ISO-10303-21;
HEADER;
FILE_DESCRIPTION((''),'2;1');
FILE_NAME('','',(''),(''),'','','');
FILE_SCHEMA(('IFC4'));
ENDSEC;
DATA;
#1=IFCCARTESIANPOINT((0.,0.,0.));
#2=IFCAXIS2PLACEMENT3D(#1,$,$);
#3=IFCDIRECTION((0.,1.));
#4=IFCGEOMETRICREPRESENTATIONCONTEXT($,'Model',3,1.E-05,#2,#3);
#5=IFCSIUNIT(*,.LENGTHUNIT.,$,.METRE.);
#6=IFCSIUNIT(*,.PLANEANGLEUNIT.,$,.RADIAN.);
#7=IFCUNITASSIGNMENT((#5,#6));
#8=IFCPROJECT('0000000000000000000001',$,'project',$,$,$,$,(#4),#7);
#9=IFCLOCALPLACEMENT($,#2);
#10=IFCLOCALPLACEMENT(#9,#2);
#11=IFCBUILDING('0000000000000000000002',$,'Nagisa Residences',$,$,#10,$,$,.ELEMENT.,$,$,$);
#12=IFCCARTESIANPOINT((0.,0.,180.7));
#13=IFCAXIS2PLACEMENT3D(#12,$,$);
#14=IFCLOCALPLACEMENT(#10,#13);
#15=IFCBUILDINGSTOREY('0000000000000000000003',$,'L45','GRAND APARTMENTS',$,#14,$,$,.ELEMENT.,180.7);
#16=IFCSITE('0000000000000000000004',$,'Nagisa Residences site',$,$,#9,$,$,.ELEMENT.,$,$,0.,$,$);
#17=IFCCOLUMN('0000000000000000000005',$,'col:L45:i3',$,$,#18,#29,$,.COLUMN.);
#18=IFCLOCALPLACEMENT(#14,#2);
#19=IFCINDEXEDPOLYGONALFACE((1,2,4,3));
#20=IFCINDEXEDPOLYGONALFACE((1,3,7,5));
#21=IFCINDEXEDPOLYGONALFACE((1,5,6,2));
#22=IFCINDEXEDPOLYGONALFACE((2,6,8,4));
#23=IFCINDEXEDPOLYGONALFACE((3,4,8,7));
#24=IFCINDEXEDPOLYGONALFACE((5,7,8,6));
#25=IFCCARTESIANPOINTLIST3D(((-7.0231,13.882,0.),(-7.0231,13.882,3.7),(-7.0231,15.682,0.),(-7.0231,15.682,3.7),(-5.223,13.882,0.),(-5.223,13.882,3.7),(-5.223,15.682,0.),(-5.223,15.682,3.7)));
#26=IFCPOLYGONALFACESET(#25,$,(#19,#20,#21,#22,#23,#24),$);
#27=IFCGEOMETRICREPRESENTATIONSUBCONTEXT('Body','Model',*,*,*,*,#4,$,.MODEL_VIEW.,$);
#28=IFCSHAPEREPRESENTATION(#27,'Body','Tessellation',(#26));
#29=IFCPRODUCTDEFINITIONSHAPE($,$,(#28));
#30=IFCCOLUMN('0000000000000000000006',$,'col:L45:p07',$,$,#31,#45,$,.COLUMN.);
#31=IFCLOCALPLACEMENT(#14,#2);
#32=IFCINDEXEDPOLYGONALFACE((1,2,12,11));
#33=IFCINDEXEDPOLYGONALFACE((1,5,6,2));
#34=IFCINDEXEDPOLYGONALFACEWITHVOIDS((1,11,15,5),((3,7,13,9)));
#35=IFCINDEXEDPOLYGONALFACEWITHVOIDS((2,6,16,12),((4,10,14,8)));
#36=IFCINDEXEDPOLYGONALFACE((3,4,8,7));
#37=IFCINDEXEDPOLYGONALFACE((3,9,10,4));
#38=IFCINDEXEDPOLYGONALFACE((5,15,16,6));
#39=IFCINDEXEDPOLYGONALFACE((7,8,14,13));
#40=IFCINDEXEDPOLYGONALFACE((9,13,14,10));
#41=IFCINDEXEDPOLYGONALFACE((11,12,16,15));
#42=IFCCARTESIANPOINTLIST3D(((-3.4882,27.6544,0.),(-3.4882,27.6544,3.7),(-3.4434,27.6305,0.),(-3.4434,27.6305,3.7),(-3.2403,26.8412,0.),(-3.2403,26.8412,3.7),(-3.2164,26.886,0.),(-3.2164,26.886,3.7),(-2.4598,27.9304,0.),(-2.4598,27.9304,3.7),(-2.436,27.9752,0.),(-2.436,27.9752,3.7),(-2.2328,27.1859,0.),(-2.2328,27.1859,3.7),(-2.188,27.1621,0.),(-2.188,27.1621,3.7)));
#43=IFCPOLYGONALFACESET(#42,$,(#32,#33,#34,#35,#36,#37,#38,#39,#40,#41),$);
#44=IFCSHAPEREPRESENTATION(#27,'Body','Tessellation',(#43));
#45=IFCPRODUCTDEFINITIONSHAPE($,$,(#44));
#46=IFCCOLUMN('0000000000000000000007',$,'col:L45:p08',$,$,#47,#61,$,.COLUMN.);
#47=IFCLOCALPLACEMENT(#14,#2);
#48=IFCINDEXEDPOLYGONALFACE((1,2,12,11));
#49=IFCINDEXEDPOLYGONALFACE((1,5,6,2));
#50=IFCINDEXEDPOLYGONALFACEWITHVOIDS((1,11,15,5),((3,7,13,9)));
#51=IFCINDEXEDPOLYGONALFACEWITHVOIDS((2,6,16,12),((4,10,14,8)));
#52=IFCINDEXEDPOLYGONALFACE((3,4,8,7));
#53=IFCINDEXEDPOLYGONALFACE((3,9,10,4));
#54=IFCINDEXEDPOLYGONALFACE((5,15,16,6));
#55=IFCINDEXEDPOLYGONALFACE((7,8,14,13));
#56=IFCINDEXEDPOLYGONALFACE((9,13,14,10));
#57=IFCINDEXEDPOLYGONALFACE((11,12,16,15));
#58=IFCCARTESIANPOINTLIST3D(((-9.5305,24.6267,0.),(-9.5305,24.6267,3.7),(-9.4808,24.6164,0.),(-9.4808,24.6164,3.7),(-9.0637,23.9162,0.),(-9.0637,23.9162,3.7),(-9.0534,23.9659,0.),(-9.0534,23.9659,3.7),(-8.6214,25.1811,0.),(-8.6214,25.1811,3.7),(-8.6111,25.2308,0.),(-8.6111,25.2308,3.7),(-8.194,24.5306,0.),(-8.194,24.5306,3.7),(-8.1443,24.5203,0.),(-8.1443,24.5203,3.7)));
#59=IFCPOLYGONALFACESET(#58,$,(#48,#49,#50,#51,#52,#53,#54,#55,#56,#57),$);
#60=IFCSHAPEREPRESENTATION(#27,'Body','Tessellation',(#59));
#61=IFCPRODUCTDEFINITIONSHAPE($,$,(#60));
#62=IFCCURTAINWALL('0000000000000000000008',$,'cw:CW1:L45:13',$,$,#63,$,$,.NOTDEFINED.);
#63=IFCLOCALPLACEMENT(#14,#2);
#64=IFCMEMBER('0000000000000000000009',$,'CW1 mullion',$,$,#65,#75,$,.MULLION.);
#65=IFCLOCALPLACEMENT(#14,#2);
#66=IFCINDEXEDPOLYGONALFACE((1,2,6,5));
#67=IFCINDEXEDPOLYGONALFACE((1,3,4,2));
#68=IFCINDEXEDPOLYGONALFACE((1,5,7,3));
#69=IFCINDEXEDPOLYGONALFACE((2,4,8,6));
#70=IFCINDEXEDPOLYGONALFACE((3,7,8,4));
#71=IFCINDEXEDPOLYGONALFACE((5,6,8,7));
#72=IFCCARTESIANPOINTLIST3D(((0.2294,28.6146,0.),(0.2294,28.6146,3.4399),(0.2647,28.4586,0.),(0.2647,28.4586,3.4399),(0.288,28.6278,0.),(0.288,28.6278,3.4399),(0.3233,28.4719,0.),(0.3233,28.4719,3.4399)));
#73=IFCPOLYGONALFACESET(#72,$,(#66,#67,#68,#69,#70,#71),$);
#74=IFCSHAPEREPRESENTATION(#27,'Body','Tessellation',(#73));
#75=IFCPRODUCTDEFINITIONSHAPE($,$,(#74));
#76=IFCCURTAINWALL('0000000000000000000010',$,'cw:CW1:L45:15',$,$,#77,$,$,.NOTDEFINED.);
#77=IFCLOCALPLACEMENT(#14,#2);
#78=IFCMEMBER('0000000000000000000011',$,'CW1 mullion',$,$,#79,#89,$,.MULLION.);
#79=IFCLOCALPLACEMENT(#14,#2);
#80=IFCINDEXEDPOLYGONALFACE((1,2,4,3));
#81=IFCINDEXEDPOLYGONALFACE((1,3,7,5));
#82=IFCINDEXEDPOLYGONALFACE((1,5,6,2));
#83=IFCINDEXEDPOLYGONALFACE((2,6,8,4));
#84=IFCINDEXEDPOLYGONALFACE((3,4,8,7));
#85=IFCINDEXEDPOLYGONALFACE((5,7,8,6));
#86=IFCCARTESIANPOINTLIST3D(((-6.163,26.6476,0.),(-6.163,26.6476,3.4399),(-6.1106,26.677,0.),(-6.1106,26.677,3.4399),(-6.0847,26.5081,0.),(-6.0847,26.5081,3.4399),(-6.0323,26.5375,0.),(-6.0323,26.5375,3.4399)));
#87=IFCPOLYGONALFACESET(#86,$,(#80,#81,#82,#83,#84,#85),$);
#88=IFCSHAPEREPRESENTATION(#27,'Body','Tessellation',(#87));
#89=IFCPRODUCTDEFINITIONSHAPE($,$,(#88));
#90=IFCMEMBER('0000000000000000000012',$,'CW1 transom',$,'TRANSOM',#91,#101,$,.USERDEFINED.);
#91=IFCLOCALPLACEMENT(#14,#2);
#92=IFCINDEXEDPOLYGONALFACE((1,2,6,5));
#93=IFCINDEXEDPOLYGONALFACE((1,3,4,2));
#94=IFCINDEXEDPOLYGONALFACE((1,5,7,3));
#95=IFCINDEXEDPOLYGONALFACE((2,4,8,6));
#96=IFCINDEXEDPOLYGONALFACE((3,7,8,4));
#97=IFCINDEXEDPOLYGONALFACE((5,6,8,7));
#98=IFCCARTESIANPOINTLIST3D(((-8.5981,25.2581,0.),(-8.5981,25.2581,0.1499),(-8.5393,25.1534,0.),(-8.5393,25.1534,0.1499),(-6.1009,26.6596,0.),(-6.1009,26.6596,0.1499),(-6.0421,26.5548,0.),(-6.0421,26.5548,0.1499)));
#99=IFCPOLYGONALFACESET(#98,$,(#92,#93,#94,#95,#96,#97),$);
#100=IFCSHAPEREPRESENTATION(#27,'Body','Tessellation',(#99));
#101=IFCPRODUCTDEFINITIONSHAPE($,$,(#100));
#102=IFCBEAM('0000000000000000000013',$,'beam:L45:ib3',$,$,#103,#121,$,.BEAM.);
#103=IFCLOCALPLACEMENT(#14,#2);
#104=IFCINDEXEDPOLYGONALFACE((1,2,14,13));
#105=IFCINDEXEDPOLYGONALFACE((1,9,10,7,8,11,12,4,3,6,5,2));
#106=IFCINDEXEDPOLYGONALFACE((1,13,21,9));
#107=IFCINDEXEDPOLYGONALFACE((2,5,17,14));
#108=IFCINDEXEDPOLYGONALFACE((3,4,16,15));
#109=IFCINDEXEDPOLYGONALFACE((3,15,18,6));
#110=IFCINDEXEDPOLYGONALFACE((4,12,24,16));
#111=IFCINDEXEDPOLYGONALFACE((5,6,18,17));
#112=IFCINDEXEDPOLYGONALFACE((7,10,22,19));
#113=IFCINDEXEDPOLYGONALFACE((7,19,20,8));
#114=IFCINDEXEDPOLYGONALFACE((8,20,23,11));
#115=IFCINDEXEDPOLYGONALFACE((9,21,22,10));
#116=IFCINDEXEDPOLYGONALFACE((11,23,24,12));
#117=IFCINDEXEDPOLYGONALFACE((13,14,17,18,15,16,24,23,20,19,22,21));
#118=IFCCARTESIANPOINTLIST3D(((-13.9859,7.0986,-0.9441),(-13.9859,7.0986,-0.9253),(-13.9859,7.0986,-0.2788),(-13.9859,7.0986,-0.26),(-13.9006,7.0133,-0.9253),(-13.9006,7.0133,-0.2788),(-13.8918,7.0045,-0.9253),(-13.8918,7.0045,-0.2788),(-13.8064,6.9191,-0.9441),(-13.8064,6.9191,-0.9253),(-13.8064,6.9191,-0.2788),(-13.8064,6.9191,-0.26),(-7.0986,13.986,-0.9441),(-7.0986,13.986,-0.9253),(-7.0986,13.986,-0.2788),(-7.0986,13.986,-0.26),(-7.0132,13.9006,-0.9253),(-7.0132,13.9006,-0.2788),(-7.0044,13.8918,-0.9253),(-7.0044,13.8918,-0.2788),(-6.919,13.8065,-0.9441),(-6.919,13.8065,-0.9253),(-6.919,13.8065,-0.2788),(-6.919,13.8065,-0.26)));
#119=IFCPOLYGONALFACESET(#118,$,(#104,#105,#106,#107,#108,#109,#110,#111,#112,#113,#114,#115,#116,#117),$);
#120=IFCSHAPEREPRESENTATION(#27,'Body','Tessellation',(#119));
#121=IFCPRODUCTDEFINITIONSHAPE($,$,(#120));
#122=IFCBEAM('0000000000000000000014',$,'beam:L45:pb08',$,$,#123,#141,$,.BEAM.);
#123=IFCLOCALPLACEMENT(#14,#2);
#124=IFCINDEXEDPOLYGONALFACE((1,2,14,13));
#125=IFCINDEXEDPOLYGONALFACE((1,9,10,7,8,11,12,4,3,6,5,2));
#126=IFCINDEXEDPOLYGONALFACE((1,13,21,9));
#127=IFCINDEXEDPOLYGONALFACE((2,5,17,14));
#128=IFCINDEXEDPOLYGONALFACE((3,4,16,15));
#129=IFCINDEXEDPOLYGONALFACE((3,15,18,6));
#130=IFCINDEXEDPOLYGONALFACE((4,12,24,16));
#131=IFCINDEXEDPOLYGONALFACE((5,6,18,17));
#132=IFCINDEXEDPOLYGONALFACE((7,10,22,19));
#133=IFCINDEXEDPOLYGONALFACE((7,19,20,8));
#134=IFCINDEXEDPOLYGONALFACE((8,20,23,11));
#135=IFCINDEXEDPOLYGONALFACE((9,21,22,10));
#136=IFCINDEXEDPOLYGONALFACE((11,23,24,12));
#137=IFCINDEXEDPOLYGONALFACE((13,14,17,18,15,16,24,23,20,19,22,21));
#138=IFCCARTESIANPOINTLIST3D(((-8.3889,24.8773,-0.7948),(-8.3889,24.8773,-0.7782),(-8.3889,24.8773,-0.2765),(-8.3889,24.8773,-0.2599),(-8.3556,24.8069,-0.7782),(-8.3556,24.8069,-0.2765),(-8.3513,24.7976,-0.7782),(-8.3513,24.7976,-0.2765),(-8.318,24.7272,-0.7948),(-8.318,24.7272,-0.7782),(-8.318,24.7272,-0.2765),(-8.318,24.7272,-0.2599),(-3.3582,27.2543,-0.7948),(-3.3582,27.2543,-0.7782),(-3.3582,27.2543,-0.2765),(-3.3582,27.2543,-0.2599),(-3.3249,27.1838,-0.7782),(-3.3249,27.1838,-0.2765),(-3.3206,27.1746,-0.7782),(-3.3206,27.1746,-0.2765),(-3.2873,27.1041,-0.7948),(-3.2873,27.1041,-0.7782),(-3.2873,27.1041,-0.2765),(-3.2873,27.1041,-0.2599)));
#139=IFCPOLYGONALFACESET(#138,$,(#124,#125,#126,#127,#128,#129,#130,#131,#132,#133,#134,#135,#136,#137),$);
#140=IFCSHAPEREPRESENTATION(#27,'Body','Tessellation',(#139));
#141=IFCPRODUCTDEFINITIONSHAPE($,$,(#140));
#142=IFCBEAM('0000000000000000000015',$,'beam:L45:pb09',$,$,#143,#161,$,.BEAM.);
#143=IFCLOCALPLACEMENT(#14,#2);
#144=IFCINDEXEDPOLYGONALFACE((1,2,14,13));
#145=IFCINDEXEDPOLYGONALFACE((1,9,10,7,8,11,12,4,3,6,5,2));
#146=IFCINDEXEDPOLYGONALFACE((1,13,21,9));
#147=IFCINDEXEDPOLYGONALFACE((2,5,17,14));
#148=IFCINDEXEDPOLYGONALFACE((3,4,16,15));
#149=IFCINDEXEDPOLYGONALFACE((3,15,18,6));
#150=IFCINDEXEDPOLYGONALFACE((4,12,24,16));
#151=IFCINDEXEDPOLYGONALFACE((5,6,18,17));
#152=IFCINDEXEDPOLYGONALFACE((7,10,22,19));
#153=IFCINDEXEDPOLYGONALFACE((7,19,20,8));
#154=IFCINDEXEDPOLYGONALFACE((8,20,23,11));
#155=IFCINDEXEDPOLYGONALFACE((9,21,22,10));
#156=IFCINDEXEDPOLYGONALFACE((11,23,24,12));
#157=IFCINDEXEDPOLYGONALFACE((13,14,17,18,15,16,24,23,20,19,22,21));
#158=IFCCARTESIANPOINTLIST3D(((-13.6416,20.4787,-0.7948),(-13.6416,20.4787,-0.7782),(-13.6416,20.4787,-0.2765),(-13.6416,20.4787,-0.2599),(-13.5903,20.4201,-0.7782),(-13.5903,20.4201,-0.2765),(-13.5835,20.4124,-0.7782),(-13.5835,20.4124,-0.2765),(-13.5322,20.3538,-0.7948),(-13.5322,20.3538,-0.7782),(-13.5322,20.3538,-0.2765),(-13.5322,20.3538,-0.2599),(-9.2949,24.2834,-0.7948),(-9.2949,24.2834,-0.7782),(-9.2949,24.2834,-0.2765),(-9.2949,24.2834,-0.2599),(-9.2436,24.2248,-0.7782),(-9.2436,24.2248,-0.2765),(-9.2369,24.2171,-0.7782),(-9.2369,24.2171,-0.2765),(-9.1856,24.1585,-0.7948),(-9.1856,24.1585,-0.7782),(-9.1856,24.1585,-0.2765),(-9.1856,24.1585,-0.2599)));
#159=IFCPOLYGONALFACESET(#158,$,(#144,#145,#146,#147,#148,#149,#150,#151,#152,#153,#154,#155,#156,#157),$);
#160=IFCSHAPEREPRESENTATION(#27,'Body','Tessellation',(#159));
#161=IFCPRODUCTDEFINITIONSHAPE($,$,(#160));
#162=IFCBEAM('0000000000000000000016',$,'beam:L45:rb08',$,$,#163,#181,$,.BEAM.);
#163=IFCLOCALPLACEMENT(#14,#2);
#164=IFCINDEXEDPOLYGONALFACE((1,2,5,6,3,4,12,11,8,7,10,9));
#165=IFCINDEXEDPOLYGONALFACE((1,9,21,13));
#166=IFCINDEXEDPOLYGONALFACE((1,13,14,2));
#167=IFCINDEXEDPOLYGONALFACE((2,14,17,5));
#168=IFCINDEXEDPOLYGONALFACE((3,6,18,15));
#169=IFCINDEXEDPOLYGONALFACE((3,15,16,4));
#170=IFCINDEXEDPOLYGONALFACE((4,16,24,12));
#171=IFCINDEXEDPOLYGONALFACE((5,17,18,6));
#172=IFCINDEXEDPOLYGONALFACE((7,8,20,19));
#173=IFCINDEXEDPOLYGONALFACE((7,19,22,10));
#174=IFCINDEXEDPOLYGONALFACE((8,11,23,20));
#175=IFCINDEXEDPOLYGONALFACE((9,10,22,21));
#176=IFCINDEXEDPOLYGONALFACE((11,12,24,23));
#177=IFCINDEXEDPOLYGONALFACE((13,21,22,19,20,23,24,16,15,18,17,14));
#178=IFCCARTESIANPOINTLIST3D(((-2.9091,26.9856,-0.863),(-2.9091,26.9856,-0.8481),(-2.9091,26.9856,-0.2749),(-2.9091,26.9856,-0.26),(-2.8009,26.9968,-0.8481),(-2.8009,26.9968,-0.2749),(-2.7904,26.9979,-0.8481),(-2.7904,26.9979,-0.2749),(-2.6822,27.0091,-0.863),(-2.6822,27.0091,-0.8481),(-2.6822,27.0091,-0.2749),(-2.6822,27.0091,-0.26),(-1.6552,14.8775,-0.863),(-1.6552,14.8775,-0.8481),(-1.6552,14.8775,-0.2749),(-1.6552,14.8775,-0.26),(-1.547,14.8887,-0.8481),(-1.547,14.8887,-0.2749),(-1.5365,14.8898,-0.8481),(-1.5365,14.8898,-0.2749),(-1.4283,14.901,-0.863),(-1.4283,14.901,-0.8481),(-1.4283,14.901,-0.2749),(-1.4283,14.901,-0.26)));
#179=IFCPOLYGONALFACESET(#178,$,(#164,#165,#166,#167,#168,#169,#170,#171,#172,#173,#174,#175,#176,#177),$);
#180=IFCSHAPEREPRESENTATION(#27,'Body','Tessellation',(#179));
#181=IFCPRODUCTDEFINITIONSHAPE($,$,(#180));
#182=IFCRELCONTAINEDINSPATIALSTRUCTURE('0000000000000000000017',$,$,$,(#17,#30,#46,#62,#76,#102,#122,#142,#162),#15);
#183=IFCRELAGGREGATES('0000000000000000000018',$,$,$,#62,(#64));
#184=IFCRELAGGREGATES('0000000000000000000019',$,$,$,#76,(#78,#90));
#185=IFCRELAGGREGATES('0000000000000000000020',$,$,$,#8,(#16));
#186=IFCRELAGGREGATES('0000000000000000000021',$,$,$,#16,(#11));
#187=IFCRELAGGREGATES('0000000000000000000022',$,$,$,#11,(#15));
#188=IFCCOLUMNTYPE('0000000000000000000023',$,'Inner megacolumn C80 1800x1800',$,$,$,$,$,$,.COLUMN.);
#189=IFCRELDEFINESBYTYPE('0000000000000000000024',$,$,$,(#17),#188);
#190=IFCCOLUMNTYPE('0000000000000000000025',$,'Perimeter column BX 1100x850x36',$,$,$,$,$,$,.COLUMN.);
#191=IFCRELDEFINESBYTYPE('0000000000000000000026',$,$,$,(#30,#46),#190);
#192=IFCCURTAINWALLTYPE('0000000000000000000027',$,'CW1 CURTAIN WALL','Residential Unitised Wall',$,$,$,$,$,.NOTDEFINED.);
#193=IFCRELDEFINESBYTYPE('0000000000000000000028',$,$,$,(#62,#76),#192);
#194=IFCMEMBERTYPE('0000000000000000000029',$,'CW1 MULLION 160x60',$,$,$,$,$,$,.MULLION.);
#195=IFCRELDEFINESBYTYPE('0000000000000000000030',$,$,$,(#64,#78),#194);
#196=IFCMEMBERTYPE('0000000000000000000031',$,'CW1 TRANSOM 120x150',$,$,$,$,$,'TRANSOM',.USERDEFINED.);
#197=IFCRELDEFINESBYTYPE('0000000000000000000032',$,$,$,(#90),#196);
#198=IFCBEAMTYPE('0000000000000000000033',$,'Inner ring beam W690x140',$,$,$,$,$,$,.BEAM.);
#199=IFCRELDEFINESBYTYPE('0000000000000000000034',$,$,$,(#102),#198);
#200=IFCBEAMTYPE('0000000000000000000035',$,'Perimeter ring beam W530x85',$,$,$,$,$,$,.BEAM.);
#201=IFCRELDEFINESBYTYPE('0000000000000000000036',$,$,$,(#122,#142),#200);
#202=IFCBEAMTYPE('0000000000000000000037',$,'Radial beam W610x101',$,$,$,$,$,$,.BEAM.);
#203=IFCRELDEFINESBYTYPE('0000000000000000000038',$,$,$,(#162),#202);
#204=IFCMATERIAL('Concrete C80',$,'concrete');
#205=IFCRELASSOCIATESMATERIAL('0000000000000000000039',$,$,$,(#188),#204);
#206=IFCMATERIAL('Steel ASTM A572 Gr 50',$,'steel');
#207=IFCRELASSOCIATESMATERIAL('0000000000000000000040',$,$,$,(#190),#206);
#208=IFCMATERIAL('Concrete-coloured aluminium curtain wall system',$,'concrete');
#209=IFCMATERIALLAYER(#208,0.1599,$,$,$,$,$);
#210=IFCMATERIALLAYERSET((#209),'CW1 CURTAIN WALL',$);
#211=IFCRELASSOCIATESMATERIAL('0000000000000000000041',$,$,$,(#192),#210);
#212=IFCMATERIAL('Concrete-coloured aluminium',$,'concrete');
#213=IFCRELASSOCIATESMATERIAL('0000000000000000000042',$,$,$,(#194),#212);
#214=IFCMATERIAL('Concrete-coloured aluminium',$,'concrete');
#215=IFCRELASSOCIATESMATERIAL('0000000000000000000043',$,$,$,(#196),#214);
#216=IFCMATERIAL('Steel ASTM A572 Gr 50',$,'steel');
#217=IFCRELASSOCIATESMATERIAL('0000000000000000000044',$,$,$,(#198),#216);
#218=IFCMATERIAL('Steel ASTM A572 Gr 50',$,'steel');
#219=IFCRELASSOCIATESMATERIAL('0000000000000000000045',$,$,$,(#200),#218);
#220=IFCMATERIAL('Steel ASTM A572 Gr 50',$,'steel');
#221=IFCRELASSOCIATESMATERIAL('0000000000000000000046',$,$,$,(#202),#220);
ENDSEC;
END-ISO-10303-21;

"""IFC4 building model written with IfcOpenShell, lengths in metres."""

from ifc_helpers import new_model, si_unit, direction, frame, origin, origin_2d, place, context, subcontext, project, spatial, rectangle, hollow_rectangle, i_section, extrude, material, layer, layer_set, material_profile, profile_set, type_object, element, aggregate, save


model = new_model("IFC4")

# Units and contexts
model_context = context("Model", 3, precision=1e-05, world=origin(), true_north=direction((0.0, 1.0)))
body_context = subcontext(model_context, "Body", "Model", "MODEL_VIEW")
ifc_project = project(units=[si_unit("LENGTHUNIT", "METRE"), si_unit("PLANEANGLEUNIT", "RADIAN")], contexts=[model_context])

# Site, building, storey
site_placement = place(None, origin())
site = spatial("IfcSite", under=ifc_project, at=site_placement, Name="Nagisa Residences site", CompositionType="ELEMENT", RefElevation=0.0)
building_placement = place(site_placement, origin())
building = spatial("IfcBuilding", under=site, at=building_placement, Name="Nagisa Residences", CompositionType="ELEMENT")
storey_placement = place(building_placement, frame((0.0, 0.0, 180.7)))
storey = spatial("IfcBuildingStorey", under=building, at=storey_placement, Name="L45", Description="GRAND APARTMENTS", CompositionType="ELEMENT", Elevation=180.7)

# Columns
ifc_material_1 = material(Name="Concrete C80", Category="concrete")
ifc_material_profile_1 = material_profile(ifc_material_1, rectangle(XDim=1.8, YDim=1.8, at=origin_2d()), Name="C80 1800x1800")
ifc_profile_set_1 = profile_set([ifc_material_profile_1], Name="Concrete C80")
column_type_1 = type_object("IfcColumnType", Name="Inner megacolumn C80 1800x1800", PredefinedType="COLUMN", material=ifc_profile_set_1)
column_placement = place(storey_placement, frame((-6.123, 14.782, 0.0), z_axis=(0.0, 0.0, 1.0), x_axis=(1.0, 0.0, 0.0)))
element("IfcColumn", 1, at=column_placement, inside=storey, type_object=column_type_1, Name="col:L45:i3", PredefinedType="COLUMN", context=body_context, shape_type="SweptSolid", body=[
    extrude(rectangle(XDim=1.8, YDim=1.8, at=origin_2d()), origin(), (0.0, 0.0, 1.0), 3.7),
])
ifc_material_2 = material(Name="Steel ASTM A572 Gr 50", Category="steel")
ifc_material_profile_2 = material_profile(ifc_material_2, hollow_rectangle(XDim=1.1001, YDim=0.8501, WallThickness=0.0359, at=origin_2d()), Name="BX 1100x850x36")
ifc_profile_set_2 = profile_set([ifc_material_profile_2], Name="Steel ASTM A572 Gr 50")
column_type_2 = type_object("IfcColumnType", Name="Perimeter column BX 1100x850x36", PredefinedType="COLUMN", material=ifc_profile_set_2)
for number, where, z_axis, x_axis, name in (
    (2, (-2.8381, 27.4082, 0.0), (0.0, 0.0, 1.0), (-0.956525, -0.291652, 0.0), "col:L45:p07"),
    (3, (-8.8374, 24.5735, 0.0), (0.0, 0.0, 1.0), (-0.835766, -0.549086, 0.0), "col:L45:p08"),
):
    element("IfcColumn", number, at=place(storey_placement, frame(where, z_axis=z_axis, x_axis=x_axis)), inside=storey, type_object=column_type_2, Name=name, PredefinedType="COLUMN", context=body_context, shape_type="SweptSolid", body=[
        extrude(hollow_rectangle(XDim=1.1001, YDim=0.8501, WallThickness=0.0359, at=origin_2d()), origin(), (0.0, 0.0, 1.0), 3.7),
    ])

# Curtain wall, member
ifc_material_3 = material(Name="Concrete-coloured aluminium curtain wall system", Category="concrete")
ifc_layer_1 = layer(ifc_material_3, 0.1599)
ifc_layer_set_1 = layer_set([ifc_layer_1], Name="CW1 CURTAIN WALL")
curtain_wall_type = type_object("IfcCurtainWallType", Name="CW1 CURTAIN WALL", Description="Residential Unitised Wall", PredefinedType="NOTDEFINED", material=ifc_layer_set_1)
curtain_wall_1_placement = place(storey_placement, origin())
curtain_wall_1 = element("IfcCurtainWall", 4, at=curtain_wall_1_placement, inside=storey, type_object=curtain_wall_type, Name="cw:CW1:L45:13", PredefinedType="NOTDEFINED")
ifc_material_4 = material(Name="Concrete-coloured aluminium", Category="concrete")
ifc_material_profile_3 = material_profile(ifc_material_4, rectangle(XDim=0.1599, YDim=0.0601, at=origin_2d()), Name="CW1 MULLION 160x60")
ifc_profile_set_3 = profile_set([ifc_material_profile_3], Name="Concrete-coloured aluminium")
member_type_1 = type_object("IfcMemberType", Name="CW1 MULLION 160x60", PredefinedType="MULLION", material=ifc_profile_set_3)
member_1_placement = place(storey_placement, frame((0.2764, 28.5432, 0.0), z_axis=(0.0, 0.0, 1.0), x_axis=(0.220764, -0.975327, 0.0)))
member_1 = element("IfcMember", 5, at=member_1_placement, type_object=member_type_1, Name="CW1 mullion", PredefinedType="MULLION", context=body_context, shape_type="SweptSolid", body=[
    extrude(rectangle(XDim=0.1599, YDim=0.0601, at=origin_2d()), origin(), (0.0, 0.0, 1.0), 3.4399),
])

# Curtain wall, members
curtain_wall_2_placement = place(storey_placement, origin())
curtain_wall_2 = element("IfcCurtainWall", 6, at=curtain_wall_2_placement, inside=storey, type_object=curtain_wall_type, Name="cw:CW1:L45:15", PredefinedType="NOTDEFINED")
member_2_placement = place(storey_placement, frame((-6.0977, 26.5925, 0.0), z_axis=(0.0, 0.0, 1.0), x_axis=(0.489377, -0.872072, 0.0)))
member_2 = element("IfcMember", 7, at=member_2_placement, type_object=member_type_1, Name="CW1 mullion", PredefinedType="MULLION", context=body_context, shape_type="SweptSolid", body=[
    extrude(rectangle(XDim=0.1599, YDim=0.0601, at=origin_2d()), origin(), (0.0, 0.0, 1.0), 3.4399),
])
ifc_material_5 = material(Name="Concrete-coloured aluminium", Category="concrete")
ifc_material_profile_4 = material_profile(ifc_material_5, rectangle(XDim=0.1201, YDim=0.1499, at=origin_2d()), Name="CW1 TRANSOM 120x150")
ifc_profile_set_4 = profile_set([ifc_material_profile_4], Name="Concrete-coloured aluminium")
member_type_2 = type_object("IfcMemberType", Name="CW1 TRANSOM 120x150", ElementType="TRANSOM", PredefinedType="USERDEFINED", material=ifc_profile_set_4)
member_3_placement = place(storey_placement, frame((-6.0715, 26.6072, 0.075), z_axis=(-0.872058, -0.489403, 0.0), x_axis=(0.489403, -0.872058, 0.0)))
member_3 = element("IfcMember", 8, at=member_3_placement, type_object=member_type_2, Name="CW1 transom", ObjectType="TRANSOM", PredefinedType="USERDEFINED", context=body_context, shape_type="SweptSolid", body=[
    extrude(rectangle(XDim=0.1201, YDim=0.1499, at=origin_2d()), origin(), (0.0, 0.0, 1.0), 2.8635),
])

# Beams
ifc_material_6 = material(Name="Steel ASTM A572 Gr 50", Category="steel")
ifc_material_profile_5 = material_profile(ifc_material_6, i_section(OverallWidth=0.2539, OverallDepth=0.6841, WebThickness=0.0125, FlangeThickness=0.0188, at=origin_2d()), Name="W690x140")
ifc_profile_set_5 = profile_set([ifc_material_profile_5], Name="Steel ASTM A572 Gr 50")
beam_type_1 = type_object("IfcBeamType", Name="Inner ring beam W690x140", PredefinedType="BEAM", material=ifc_profile_set_5)
beam_1_placement = place(storey_placement, frame((-7.0088, 13.8962, -0.6021), z_axis=(-0.707107, -0.707107, 0.0), x_axis=(0.707107, -0.707107, 0.0)))
element("IfcBeam", 9, at=beam_1_placement, inside=storey, type_object=beam_type_1, Name="beam:L45:ib3", PredefinedType="BEAM", context=body_context, shape_type="SweptSolid", body=[
    extrude(i_section(OverallWidth=0.2539, OverallDepth=0.6841, WebThickness=0.0125, FlangeThickness=0.0188, at=origin_2d()), origin(), (0.0, 0.0, 1.0), 9.7402),
])
ifc_material_7 = material(Name="Steel ASTM A572 Gr 50", Category="steel")
ifc_material_profile_6 = material_profile(ifc_material_7, i_section(OverallWidth=0.166, OverallDepth=0.5349, WebThickness=0.0103, FlangeThickness=0.0166, at=origin_2d()), Name="W530x85")
ifc_profile_set_6 = profile_set([ifc_material_profile_6], Name="Steel ASTM A572 Gr 50")
beam_type_2 = type_object("IfcBeamType", Name="Perimeter ring beam W530x85", PredefinedType="BEAM", material=ifc_profile_set_6)
beam_2_placement = place(storey_placement, frame((-3.3228, 27.1792, -0.5273), z_axis=(-0.904157, -0.4272, 0.0), x_axis=(0.4272, -0.904157, 0.0)))
element("IfcBeam", 10, at=beam_2_placement, inside=storey, type_object=beam_type_2, Name="beam:L45:pb08", PredefinedType="BEAM", context=body_context, shape_type="SweptSolid", body=[
    extrude(i_section(OverallWidth=0.166, OverallDepth=0.5349, WebThickness=0.0103, FlangeThickness=0.0166, at=origin_2d()), origin(), (0.0, 0.0, 1.0), 5.564),
])
beam_3_placement = place(storey_placement, frame((-9.2402, 24.2209, -0.5273), z_axis=(-0.752461, -0.658636, 0.0), x_axis=(0.658636, -0.752461, 0.0)))
element("IfcBeam", 11, at=beam_3_placement, inside=storey, type_object=beam_type_2, Name="beam:L45:pb09", PredefinedType="BEAM", context=body_context, shape_type="SweptSolid", body=[
    extrude(i_section(OverallWidth=0.166, OverallDepth=0.5349, WebThickness=0.0103, FlangeThickness=0.0166, at=origin_2d()), origin(), (0.0, 0.0, 1.0), 5.7766),
])
ifc_material_8 = material(Name="Steel ASTM A572 Gr 50", Category="steel")
ifc_material_profile_7 = material_profile(ifc_material_8, i_section(OverallWidth=0.228, OverallDepth=0.603, WebThickness=0.0105, FlangeThickness=0.0149, at=origin_2d()), Name="W610x101")
ifc_profile_set_7 = profile_set([ifc_material_profile_7], Name="Steel ASTM A572 Gr 50")
beam_type_3 = type_object("IfcBeamType", Name="Radial beam W610x101", PredefinedType="BEAM", material=ifc_profile_set_7)
beam_4_placement = place(storey_placement, frame((-2.7957, 26.9973, -0.5615), z_axis=(0.103008, -0.994681, 0.0), x_axis=(0.994681, 0.103008, 0.0)))
element("IfcBeam", 12, at=beam_4_placement, inside=storey, type_object=beam_type_3, Name="beam:L45:rb08", PredefinedType="BEAM", context=body_context, shape_type="SweptSolid", body=[
    extrude(i_section(OverallWidth=0.228, OverallDepth=0.603, WebThickness=0.0105, FlangeThickness=0.0149, at=origin_2d()), origin(), (0.0, 0.0, 1.0), 12.1729),
])

aggregate(curtain_wall_1, [member_1])
aggregate(curtain_wall_2, [member_2, member_3])

save(model, "model.ifc")
